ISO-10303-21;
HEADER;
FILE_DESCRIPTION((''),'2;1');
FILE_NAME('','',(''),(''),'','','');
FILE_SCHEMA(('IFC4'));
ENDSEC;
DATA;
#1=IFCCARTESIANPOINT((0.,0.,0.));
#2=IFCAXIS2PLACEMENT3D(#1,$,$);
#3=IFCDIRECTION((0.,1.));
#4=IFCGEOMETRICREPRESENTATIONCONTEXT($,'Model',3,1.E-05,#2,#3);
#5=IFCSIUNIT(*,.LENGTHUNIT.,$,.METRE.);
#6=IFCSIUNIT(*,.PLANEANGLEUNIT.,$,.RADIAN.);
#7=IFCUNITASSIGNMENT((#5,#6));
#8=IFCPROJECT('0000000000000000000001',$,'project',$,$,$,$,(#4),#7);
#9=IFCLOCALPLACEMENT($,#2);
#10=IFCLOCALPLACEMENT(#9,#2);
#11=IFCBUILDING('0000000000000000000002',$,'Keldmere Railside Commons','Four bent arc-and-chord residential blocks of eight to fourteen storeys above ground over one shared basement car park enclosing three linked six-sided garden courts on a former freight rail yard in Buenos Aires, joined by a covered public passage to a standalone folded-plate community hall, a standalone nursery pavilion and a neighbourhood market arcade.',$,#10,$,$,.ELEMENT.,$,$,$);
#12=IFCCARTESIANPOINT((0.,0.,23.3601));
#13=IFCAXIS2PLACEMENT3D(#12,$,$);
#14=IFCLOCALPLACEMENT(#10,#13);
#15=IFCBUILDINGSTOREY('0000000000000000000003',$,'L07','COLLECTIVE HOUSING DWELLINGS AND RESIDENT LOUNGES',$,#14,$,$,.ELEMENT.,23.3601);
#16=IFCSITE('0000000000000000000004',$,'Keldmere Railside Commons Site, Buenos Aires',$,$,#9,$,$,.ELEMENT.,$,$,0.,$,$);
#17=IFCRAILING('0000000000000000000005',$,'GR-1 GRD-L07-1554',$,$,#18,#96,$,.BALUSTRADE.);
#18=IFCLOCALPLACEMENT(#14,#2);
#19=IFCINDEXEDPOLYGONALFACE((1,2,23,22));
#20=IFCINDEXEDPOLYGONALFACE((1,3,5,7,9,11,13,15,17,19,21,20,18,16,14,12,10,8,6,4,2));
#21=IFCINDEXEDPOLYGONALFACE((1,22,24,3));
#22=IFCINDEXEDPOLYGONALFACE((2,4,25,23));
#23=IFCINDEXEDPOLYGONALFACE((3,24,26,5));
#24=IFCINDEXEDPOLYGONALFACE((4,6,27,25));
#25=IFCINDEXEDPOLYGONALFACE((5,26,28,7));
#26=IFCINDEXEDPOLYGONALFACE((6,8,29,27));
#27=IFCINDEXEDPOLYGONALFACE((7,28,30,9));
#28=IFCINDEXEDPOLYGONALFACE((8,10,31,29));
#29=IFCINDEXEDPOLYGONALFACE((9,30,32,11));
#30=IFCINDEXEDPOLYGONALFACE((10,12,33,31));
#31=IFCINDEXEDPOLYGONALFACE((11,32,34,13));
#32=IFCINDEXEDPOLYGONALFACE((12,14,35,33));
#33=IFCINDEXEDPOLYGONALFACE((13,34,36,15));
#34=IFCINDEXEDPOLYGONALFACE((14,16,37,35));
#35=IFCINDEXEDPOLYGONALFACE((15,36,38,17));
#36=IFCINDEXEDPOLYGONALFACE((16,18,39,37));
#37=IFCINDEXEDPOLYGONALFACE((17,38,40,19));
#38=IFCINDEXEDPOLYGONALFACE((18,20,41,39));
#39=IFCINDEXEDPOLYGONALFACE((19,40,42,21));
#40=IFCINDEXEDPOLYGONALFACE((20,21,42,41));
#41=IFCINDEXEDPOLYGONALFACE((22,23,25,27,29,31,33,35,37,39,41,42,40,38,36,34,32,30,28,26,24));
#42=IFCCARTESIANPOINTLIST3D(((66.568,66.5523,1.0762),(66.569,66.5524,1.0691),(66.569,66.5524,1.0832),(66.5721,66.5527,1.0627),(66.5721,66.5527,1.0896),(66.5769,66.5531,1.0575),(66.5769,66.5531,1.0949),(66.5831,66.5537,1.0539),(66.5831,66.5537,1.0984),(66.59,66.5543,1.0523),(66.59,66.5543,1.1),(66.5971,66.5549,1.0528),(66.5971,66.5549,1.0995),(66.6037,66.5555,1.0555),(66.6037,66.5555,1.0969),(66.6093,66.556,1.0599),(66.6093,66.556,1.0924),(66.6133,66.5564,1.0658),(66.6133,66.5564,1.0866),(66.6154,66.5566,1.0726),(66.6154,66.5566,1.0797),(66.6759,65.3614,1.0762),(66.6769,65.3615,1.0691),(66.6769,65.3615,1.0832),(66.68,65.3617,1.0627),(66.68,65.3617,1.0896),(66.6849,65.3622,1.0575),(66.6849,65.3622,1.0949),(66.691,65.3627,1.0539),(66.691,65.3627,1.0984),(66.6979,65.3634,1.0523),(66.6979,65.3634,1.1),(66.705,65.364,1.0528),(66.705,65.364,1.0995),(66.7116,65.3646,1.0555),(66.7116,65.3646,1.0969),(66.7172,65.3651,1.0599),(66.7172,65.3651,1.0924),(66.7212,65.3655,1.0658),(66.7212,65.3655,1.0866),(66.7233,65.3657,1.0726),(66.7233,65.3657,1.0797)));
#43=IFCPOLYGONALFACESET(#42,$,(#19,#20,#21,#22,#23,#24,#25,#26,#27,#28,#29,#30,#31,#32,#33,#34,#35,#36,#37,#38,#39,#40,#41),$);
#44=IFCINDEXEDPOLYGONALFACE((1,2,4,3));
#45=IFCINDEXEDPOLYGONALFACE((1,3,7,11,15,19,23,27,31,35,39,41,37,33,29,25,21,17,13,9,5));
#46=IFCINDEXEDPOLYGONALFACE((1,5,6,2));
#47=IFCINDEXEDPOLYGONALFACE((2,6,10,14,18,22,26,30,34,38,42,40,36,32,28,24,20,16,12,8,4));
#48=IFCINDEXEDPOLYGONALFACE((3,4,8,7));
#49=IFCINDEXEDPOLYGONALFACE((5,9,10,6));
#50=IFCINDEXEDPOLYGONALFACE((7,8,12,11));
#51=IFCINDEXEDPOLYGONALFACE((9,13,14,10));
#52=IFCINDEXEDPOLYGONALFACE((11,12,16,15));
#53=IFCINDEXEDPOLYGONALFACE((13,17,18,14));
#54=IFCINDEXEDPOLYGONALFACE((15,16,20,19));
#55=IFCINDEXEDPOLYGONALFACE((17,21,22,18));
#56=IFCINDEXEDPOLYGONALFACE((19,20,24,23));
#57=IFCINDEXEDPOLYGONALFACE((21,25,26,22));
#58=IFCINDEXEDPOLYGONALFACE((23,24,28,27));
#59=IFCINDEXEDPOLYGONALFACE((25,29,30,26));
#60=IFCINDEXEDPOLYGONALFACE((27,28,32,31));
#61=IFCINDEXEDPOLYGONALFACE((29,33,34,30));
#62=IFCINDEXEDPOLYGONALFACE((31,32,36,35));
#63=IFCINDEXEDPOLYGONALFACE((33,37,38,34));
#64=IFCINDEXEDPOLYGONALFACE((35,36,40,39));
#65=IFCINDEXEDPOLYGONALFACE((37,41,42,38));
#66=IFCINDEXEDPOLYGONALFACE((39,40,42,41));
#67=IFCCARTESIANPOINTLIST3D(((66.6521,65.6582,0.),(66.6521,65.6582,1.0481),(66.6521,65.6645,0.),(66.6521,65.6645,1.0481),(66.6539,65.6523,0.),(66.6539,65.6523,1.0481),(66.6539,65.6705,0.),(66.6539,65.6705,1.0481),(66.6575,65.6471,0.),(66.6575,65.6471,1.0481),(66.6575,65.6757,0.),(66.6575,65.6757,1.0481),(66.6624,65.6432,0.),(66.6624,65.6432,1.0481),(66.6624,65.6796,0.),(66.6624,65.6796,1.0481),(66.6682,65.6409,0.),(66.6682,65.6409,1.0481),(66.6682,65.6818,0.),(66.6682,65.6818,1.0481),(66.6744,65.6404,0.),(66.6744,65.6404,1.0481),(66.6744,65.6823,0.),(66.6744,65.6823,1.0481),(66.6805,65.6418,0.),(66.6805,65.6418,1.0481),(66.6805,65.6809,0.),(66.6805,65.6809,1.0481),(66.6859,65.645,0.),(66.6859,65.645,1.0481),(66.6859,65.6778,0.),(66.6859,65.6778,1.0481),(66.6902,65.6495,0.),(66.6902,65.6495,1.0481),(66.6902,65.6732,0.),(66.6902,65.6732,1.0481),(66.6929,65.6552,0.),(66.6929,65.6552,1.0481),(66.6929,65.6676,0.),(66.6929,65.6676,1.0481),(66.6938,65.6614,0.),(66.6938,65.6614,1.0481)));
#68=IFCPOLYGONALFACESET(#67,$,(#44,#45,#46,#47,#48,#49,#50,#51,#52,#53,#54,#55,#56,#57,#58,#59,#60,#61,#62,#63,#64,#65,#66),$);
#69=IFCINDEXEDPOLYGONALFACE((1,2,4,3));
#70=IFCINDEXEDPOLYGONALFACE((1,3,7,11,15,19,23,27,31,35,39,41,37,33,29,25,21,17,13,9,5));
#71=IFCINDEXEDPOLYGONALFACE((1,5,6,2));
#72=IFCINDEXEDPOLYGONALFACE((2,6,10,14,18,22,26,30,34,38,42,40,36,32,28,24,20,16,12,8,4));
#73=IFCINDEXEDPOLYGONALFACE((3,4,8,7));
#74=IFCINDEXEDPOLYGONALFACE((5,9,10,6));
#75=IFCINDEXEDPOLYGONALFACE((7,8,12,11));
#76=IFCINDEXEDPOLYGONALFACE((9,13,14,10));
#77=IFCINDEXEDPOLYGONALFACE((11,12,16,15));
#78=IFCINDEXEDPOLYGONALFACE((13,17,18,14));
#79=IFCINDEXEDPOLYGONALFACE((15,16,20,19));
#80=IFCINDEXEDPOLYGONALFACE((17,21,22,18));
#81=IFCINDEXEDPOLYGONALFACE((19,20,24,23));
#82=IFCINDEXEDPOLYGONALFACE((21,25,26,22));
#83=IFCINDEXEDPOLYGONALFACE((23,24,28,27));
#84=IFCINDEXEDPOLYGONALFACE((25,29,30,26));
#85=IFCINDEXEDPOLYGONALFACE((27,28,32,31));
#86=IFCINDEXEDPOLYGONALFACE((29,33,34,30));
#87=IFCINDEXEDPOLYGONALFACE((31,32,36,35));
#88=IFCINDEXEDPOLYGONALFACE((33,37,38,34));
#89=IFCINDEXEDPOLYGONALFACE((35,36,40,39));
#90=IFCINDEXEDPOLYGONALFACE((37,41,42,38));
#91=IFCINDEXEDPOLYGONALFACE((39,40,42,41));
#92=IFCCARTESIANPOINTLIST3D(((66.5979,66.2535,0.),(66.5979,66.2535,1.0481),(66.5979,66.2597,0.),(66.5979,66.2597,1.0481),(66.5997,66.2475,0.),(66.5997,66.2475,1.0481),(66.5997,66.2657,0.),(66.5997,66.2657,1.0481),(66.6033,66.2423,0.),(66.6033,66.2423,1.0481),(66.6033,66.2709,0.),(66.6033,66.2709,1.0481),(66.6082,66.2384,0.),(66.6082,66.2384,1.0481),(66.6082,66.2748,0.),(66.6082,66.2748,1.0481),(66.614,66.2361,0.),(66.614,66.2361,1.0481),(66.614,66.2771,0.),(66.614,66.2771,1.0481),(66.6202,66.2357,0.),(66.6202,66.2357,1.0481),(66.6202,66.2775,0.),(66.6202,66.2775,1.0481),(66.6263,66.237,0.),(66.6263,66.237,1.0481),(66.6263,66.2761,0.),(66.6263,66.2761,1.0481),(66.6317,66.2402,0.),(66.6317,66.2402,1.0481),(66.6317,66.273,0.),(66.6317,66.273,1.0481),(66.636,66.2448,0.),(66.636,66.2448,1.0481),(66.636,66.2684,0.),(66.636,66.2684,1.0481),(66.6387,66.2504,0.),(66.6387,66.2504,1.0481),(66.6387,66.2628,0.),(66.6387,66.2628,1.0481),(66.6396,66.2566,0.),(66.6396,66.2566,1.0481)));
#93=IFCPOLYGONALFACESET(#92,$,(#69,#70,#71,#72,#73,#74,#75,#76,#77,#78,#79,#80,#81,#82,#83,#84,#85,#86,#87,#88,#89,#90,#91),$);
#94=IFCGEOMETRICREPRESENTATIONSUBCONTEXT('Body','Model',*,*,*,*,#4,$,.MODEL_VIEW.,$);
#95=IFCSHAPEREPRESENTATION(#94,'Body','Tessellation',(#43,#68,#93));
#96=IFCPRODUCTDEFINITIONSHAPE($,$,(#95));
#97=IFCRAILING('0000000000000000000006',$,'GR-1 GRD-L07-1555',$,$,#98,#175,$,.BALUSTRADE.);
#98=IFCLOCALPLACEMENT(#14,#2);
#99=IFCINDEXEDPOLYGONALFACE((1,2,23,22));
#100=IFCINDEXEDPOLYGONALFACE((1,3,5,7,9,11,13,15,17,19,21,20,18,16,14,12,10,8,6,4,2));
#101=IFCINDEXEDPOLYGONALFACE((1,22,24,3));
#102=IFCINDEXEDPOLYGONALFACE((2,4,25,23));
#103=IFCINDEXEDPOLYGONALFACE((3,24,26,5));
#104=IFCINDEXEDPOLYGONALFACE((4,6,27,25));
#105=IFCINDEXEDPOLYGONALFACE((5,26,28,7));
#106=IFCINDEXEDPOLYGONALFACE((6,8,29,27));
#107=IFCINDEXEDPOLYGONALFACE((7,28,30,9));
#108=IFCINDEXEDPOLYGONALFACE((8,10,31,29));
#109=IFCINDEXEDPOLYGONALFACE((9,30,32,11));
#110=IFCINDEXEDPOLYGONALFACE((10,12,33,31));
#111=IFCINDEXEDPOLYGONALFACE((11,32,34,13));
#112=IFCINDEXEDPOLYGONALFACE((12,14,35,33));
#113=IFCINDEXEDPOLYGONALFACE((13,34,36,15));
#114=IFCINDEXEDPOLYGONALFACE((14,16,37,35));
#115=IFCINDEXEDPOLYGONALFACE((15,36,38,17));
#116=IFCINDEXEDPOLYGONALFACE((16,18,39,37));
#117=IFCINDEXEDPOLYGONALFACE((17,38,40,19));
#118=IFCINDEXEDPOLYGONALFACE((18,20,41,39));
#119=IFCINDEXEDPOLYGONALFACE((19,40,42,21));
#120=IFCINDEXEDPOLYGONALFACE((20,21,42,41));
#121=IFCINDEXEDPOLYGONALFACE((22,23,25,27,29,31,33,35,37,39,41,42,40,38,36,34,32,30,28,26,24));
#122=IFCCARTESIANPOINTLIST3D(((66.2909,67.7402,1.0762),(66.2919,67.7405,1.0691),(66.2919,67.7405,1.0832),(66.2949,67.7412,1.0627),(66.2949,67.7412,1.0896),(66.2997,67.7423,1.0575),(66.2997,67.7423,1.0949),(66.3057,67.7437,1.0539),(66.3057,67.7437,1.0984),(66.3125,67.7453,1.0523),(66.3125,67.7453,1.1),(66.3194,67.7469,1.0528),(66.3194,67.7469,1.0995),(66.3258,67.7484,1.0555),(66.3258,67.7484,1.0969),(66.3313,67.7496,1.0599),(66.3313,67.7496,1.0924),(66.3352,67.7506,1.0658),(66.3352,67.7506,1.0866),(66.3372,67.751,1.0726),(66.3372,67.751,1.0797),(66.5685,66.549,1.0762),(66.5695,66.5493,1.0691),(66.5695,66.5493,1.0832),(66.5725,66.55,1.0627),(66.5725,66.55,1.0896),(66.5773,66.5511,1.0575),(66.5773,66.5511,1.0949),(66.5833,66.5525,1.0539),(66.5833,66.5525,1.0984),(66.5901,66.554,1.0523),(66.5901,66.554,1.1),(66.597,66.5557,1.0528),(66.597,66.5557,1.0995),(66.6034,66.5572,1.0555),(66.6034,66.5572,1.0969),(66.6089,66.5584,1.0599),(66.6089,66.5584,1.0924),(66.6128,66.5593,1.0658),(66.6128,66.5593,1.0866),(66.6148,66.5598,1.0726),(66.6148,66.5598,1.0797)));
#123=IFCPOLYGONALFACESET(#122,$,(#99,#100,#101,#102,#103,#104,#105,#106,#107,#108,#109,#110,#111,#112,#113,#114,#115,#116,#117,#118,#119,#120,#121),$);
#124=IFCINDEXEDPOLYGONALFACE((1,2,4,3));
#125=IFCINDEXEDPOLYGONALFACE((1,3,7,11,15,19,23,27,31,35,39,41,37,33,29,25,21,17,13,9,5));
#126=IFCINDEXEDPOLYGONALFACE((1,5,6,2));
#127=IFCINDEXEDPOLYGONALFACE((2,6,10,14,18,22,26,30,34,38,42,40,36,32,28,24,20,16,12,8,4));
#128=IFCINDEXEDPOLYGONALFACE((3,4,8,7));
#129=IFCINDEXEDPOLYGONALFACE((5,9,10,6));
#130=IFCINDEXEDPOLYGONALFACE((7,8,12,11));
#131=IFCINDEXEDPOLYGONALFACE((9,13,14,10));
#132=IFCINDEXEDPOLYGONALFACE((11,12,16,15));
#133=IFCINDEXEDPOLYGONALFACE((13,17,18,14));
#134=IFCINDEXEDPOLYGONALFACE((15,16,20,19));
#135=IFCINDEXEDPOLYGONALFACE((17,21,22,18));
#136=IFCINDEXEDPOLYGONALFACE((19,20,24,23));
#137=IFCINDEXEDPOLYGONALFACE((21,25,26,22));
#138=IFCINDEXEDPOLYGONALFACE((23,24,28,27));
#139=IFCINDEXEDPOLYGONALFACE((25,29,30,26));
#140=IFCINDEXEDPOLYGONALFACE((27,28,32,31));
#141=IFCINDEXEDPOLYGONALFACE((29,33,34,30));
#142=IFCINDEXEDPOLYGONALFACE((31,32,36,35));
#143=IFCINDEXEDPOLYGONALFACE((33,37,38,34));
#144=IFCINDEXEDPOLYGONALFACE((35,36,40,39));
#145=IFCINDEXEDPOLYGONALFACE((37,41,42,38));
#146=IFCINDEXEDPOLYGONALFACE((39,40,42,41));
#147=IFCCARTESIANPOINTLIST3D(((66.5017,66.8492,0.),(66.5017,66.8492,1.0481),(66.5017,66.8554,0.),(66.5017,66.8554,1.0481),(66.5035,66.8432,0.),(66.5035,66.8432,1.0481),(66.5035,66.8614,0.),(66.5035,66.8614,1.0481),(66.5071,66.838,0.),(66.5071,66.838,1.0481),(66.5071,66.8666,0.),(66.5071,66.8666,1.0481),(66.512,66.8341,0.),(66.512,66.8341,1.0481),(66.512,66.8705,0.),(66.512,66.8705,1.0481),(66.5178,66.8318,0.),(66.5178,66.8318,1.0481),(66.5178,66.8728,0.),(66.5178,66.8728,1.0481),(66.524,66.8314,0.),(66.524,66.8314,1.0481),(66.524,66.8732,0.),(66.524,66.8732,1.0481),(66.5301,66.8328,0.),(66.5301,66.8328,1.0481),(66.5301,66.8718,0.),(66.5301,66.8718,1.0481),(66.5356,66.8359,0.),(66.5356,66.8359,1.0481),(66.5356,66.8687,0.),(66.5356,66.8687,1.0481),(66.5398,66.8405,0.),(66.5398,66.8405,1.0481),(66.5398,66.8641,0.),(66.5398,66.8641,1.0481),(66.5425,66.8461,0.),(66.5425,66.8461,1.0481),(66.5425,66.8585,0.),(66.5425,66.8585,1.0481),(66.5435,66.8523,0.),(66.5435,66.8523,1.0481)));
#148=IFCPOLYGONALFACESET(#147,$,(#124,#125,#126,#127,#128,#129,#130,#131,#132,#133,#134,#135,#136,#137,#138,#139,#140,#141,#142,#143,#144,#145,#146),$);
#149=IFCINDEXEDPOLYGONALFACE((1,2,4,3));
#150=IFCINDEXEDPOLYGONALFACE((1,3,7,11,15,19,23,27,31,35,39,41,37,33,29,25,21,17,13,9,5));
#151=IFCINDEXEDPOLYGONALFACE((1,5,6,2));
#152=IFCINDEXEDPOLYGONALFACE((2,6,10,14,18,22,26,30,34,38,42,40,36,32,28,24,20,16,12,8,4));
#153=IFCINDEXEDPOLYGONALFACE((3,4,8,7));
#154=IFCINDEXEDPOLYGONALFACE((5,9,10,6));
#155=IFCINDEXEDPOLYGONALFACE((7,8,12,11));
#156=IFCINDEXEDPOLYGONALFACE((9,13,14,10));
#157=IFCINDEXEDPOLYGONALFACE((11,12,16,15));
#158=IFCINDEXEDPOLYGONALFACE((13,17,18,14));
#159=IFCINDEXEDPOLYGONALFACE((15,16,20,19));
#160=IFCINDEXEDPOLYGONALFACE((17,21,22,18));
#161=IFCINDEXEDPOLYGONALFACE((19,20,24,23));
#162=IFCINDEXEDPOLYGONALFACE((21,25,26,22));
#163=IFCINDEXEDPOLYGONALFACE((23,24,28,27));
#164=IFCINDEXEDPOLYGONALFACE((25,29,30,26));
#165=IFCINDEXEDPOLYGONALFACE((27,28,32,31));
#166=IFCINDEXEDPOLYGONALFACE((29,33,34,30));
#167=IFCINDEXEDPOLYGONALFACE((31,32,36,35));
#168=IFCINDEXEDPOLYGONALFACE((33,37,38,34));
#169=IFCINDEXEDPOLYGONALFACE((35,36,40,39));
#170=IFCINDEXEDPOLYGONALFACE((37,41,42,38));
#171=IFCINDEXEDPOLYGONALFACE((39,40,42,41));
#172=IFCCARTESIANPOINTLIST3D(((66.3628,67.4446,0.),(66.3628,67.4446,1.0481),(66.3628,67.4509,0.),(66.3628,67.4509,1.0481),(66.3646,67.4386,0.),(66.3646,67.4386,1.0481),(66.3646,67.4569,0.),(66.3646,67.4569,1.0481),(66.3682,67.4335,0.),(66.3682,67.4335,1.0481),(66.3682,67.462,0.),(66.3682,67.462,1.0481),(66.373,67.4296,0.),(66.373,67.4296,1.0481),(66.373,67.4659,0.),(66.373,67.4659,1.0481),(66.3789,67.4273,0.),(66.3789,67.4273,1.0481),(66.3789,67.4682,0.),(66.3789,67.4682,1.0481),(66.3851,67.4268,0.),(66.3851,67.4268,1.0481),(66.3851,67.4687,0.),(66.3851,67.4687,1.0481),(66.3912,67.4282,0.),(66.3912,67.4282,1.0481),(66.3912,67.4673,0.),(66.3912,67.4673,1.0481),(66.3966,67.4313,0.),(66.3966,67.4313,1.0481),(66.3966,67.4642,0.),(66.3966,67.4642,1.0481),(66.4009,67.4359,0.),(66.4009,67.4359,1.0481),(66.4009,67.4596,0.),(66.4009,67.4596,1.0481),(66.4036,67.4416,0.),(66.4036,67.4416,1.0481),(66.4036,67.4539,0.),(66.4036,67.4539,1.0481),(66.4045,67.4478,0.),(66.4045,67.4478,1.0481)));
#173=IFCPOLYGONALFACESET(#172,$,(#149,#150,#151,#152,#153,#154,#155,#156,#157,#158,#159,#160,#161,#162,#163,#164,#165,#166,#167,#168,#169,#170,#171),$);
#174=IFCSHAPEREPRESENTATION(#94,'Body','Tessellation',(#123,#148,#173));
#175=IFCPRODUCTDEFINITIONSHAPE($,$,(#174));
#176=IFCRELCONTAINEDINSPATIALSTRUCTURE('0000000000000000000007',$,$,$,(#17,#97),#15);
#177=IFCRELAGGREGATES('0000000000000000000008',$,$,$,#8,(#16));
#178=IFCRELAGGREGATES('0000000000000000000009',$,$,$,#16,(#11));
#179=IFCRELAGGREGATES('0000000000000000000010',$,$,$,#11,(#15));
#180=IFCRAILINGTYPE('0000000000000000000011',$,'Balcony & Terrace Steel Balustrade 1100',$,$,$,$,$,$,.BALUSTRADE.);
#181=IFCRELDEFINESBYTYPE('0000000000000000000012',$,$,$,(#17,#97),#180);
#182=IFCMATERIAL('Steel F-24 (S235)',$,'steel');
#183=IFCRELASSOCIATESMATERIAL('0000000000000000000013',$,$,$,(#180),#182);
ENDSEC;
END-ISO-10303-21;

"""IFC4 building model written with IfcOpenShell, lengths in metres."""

from ifc_helpers import new_model, si_unit, direction, frame, origin, origin_2d, place, context, subcontext, project, spatial, circle, extrude, material, type_object, element, save


model = new_model("IFC4")

# Units and contexts
model_context = context("Model", 3, precision=1e-05, world=origin(), true_north=direction((0.0, 1.0)))
body_context = subcontext(model_context, "Body", "Model", "MODEL_VIEW")
ifc_project = project(units=[si_unit("LENGTHUNIT", "METRE"), si_unit("PLANEANGLEUNIT", "RADIAN")], contexts=[model_context])

# Site, building, storey
site_placement = place(None, origin())
site = spatial("IfcSite", under=ifc_project, at=site_placement, Name="Keldmere Railside Commons Site, Buenos Aires", CompositionType="ELEMENT", RefElevation=0.0)
building_placement = place(site_placement, origin())
building = spatial("IfcBuilding", under=site, at=building_placement, Name="Keldmere Railside Commons", Description="Four bent arc-and-chord residential blocks of eight to fourteen storeys above ground over one shared basement car park enclosing three linked six-sided garden courts on a former freight rail yard in Buenos Aires, joined by a covered public passage to a standalone folded-plate community hall, a standalone nursery pavilion and a neighbourhood market arcade.", CompositionType="ELEMENT")
storey_placement = place(building_placement, frame((0.0, 0.0, 23.3601)))
storey = spatial("IfcBuildingStorey", under=building, at=storey_placement, Name="L07", Description="COLLECTIVE HOUSING DWELLINGS AND RESIDENT LOUNGES", CompositionType="ELEMENT", Elevation=23.3601)

# Railings
ifc_material_1 = material(Name="Steel F-24 (S235)", Category="steel")
railing_type_1 = type_object("IfcRailingType", Name="Balcony & Terrace Steel Balustrade 1100", PredefinedType="BALUSTRADE", material=ifc_material_1)
railing_1_placement = place(storey_placement, frame((66.6997, 65.3635, 0.0)))
element("IfcRailing", 1, at=railing_1_placement, inside=storey, type_object=railing_type_1, Name="GR-1 GRD-L07-1554", PredefinedType="BALUSTRADE", context=body_context, shape_type="SweptSolid", body=[
    extrude(circle(Radius=0.0239, at=origin_2d()), frame((0.0, 0.0, 1.0762), z_axis=(-0.090241, 0.99592, 0.0), x_axis=(-0.99592, -0.090241, 0.0)), (0.0, 0.0, 1.0), 1.1958),
    extrude(circle(Radius=0.021, at=origin_2d()), frame((-0.0269, 0.2979, 0.0)), (0.0, 0.0, 1.0), 1.0481),
    extrude(circle(Radius=0.021, at=origin_2d()), frame((-0.0811, 0.8931, 0.0)), (0.0, 0.0, 1.0), 1.0481),
])
railing_2_placement = place(storey_placement, frame((66.5918, 66.5544, 0.0)))
element("IfcRailing", 2, at=railing_2_placement, inside=storey, type_object=railing_type_1, Name="GR-1 GRD-L07-1555", PredefinedType="BALUSTRADE", context=body_context, shape_type="SweptSolid", body=[
    extrude(circle(Radius=0.0239, at=origin_2d()), frame((0.0, 0.0, 1.0762), z_axis=(-0.226958, 0.973904, 0.0), x_axis=(-0.973904, -0.226958, 0.0)), (0.0, 0.0, 1.0), 1.2231),
    extrude(circle(Radius=0.021, at=origin_2d()), frame((-0.0693, 0.2979, 0.0)), (0.0, 0.0, 1.0), 1.0481),
    extrude(circle(Radius=0.021, at=origin_2d()), frame((-0.2083, 0.8933, 0.0)), (0.0, 0.0, 1.0), 1.0481),
])

save(model, "model.ifc")
